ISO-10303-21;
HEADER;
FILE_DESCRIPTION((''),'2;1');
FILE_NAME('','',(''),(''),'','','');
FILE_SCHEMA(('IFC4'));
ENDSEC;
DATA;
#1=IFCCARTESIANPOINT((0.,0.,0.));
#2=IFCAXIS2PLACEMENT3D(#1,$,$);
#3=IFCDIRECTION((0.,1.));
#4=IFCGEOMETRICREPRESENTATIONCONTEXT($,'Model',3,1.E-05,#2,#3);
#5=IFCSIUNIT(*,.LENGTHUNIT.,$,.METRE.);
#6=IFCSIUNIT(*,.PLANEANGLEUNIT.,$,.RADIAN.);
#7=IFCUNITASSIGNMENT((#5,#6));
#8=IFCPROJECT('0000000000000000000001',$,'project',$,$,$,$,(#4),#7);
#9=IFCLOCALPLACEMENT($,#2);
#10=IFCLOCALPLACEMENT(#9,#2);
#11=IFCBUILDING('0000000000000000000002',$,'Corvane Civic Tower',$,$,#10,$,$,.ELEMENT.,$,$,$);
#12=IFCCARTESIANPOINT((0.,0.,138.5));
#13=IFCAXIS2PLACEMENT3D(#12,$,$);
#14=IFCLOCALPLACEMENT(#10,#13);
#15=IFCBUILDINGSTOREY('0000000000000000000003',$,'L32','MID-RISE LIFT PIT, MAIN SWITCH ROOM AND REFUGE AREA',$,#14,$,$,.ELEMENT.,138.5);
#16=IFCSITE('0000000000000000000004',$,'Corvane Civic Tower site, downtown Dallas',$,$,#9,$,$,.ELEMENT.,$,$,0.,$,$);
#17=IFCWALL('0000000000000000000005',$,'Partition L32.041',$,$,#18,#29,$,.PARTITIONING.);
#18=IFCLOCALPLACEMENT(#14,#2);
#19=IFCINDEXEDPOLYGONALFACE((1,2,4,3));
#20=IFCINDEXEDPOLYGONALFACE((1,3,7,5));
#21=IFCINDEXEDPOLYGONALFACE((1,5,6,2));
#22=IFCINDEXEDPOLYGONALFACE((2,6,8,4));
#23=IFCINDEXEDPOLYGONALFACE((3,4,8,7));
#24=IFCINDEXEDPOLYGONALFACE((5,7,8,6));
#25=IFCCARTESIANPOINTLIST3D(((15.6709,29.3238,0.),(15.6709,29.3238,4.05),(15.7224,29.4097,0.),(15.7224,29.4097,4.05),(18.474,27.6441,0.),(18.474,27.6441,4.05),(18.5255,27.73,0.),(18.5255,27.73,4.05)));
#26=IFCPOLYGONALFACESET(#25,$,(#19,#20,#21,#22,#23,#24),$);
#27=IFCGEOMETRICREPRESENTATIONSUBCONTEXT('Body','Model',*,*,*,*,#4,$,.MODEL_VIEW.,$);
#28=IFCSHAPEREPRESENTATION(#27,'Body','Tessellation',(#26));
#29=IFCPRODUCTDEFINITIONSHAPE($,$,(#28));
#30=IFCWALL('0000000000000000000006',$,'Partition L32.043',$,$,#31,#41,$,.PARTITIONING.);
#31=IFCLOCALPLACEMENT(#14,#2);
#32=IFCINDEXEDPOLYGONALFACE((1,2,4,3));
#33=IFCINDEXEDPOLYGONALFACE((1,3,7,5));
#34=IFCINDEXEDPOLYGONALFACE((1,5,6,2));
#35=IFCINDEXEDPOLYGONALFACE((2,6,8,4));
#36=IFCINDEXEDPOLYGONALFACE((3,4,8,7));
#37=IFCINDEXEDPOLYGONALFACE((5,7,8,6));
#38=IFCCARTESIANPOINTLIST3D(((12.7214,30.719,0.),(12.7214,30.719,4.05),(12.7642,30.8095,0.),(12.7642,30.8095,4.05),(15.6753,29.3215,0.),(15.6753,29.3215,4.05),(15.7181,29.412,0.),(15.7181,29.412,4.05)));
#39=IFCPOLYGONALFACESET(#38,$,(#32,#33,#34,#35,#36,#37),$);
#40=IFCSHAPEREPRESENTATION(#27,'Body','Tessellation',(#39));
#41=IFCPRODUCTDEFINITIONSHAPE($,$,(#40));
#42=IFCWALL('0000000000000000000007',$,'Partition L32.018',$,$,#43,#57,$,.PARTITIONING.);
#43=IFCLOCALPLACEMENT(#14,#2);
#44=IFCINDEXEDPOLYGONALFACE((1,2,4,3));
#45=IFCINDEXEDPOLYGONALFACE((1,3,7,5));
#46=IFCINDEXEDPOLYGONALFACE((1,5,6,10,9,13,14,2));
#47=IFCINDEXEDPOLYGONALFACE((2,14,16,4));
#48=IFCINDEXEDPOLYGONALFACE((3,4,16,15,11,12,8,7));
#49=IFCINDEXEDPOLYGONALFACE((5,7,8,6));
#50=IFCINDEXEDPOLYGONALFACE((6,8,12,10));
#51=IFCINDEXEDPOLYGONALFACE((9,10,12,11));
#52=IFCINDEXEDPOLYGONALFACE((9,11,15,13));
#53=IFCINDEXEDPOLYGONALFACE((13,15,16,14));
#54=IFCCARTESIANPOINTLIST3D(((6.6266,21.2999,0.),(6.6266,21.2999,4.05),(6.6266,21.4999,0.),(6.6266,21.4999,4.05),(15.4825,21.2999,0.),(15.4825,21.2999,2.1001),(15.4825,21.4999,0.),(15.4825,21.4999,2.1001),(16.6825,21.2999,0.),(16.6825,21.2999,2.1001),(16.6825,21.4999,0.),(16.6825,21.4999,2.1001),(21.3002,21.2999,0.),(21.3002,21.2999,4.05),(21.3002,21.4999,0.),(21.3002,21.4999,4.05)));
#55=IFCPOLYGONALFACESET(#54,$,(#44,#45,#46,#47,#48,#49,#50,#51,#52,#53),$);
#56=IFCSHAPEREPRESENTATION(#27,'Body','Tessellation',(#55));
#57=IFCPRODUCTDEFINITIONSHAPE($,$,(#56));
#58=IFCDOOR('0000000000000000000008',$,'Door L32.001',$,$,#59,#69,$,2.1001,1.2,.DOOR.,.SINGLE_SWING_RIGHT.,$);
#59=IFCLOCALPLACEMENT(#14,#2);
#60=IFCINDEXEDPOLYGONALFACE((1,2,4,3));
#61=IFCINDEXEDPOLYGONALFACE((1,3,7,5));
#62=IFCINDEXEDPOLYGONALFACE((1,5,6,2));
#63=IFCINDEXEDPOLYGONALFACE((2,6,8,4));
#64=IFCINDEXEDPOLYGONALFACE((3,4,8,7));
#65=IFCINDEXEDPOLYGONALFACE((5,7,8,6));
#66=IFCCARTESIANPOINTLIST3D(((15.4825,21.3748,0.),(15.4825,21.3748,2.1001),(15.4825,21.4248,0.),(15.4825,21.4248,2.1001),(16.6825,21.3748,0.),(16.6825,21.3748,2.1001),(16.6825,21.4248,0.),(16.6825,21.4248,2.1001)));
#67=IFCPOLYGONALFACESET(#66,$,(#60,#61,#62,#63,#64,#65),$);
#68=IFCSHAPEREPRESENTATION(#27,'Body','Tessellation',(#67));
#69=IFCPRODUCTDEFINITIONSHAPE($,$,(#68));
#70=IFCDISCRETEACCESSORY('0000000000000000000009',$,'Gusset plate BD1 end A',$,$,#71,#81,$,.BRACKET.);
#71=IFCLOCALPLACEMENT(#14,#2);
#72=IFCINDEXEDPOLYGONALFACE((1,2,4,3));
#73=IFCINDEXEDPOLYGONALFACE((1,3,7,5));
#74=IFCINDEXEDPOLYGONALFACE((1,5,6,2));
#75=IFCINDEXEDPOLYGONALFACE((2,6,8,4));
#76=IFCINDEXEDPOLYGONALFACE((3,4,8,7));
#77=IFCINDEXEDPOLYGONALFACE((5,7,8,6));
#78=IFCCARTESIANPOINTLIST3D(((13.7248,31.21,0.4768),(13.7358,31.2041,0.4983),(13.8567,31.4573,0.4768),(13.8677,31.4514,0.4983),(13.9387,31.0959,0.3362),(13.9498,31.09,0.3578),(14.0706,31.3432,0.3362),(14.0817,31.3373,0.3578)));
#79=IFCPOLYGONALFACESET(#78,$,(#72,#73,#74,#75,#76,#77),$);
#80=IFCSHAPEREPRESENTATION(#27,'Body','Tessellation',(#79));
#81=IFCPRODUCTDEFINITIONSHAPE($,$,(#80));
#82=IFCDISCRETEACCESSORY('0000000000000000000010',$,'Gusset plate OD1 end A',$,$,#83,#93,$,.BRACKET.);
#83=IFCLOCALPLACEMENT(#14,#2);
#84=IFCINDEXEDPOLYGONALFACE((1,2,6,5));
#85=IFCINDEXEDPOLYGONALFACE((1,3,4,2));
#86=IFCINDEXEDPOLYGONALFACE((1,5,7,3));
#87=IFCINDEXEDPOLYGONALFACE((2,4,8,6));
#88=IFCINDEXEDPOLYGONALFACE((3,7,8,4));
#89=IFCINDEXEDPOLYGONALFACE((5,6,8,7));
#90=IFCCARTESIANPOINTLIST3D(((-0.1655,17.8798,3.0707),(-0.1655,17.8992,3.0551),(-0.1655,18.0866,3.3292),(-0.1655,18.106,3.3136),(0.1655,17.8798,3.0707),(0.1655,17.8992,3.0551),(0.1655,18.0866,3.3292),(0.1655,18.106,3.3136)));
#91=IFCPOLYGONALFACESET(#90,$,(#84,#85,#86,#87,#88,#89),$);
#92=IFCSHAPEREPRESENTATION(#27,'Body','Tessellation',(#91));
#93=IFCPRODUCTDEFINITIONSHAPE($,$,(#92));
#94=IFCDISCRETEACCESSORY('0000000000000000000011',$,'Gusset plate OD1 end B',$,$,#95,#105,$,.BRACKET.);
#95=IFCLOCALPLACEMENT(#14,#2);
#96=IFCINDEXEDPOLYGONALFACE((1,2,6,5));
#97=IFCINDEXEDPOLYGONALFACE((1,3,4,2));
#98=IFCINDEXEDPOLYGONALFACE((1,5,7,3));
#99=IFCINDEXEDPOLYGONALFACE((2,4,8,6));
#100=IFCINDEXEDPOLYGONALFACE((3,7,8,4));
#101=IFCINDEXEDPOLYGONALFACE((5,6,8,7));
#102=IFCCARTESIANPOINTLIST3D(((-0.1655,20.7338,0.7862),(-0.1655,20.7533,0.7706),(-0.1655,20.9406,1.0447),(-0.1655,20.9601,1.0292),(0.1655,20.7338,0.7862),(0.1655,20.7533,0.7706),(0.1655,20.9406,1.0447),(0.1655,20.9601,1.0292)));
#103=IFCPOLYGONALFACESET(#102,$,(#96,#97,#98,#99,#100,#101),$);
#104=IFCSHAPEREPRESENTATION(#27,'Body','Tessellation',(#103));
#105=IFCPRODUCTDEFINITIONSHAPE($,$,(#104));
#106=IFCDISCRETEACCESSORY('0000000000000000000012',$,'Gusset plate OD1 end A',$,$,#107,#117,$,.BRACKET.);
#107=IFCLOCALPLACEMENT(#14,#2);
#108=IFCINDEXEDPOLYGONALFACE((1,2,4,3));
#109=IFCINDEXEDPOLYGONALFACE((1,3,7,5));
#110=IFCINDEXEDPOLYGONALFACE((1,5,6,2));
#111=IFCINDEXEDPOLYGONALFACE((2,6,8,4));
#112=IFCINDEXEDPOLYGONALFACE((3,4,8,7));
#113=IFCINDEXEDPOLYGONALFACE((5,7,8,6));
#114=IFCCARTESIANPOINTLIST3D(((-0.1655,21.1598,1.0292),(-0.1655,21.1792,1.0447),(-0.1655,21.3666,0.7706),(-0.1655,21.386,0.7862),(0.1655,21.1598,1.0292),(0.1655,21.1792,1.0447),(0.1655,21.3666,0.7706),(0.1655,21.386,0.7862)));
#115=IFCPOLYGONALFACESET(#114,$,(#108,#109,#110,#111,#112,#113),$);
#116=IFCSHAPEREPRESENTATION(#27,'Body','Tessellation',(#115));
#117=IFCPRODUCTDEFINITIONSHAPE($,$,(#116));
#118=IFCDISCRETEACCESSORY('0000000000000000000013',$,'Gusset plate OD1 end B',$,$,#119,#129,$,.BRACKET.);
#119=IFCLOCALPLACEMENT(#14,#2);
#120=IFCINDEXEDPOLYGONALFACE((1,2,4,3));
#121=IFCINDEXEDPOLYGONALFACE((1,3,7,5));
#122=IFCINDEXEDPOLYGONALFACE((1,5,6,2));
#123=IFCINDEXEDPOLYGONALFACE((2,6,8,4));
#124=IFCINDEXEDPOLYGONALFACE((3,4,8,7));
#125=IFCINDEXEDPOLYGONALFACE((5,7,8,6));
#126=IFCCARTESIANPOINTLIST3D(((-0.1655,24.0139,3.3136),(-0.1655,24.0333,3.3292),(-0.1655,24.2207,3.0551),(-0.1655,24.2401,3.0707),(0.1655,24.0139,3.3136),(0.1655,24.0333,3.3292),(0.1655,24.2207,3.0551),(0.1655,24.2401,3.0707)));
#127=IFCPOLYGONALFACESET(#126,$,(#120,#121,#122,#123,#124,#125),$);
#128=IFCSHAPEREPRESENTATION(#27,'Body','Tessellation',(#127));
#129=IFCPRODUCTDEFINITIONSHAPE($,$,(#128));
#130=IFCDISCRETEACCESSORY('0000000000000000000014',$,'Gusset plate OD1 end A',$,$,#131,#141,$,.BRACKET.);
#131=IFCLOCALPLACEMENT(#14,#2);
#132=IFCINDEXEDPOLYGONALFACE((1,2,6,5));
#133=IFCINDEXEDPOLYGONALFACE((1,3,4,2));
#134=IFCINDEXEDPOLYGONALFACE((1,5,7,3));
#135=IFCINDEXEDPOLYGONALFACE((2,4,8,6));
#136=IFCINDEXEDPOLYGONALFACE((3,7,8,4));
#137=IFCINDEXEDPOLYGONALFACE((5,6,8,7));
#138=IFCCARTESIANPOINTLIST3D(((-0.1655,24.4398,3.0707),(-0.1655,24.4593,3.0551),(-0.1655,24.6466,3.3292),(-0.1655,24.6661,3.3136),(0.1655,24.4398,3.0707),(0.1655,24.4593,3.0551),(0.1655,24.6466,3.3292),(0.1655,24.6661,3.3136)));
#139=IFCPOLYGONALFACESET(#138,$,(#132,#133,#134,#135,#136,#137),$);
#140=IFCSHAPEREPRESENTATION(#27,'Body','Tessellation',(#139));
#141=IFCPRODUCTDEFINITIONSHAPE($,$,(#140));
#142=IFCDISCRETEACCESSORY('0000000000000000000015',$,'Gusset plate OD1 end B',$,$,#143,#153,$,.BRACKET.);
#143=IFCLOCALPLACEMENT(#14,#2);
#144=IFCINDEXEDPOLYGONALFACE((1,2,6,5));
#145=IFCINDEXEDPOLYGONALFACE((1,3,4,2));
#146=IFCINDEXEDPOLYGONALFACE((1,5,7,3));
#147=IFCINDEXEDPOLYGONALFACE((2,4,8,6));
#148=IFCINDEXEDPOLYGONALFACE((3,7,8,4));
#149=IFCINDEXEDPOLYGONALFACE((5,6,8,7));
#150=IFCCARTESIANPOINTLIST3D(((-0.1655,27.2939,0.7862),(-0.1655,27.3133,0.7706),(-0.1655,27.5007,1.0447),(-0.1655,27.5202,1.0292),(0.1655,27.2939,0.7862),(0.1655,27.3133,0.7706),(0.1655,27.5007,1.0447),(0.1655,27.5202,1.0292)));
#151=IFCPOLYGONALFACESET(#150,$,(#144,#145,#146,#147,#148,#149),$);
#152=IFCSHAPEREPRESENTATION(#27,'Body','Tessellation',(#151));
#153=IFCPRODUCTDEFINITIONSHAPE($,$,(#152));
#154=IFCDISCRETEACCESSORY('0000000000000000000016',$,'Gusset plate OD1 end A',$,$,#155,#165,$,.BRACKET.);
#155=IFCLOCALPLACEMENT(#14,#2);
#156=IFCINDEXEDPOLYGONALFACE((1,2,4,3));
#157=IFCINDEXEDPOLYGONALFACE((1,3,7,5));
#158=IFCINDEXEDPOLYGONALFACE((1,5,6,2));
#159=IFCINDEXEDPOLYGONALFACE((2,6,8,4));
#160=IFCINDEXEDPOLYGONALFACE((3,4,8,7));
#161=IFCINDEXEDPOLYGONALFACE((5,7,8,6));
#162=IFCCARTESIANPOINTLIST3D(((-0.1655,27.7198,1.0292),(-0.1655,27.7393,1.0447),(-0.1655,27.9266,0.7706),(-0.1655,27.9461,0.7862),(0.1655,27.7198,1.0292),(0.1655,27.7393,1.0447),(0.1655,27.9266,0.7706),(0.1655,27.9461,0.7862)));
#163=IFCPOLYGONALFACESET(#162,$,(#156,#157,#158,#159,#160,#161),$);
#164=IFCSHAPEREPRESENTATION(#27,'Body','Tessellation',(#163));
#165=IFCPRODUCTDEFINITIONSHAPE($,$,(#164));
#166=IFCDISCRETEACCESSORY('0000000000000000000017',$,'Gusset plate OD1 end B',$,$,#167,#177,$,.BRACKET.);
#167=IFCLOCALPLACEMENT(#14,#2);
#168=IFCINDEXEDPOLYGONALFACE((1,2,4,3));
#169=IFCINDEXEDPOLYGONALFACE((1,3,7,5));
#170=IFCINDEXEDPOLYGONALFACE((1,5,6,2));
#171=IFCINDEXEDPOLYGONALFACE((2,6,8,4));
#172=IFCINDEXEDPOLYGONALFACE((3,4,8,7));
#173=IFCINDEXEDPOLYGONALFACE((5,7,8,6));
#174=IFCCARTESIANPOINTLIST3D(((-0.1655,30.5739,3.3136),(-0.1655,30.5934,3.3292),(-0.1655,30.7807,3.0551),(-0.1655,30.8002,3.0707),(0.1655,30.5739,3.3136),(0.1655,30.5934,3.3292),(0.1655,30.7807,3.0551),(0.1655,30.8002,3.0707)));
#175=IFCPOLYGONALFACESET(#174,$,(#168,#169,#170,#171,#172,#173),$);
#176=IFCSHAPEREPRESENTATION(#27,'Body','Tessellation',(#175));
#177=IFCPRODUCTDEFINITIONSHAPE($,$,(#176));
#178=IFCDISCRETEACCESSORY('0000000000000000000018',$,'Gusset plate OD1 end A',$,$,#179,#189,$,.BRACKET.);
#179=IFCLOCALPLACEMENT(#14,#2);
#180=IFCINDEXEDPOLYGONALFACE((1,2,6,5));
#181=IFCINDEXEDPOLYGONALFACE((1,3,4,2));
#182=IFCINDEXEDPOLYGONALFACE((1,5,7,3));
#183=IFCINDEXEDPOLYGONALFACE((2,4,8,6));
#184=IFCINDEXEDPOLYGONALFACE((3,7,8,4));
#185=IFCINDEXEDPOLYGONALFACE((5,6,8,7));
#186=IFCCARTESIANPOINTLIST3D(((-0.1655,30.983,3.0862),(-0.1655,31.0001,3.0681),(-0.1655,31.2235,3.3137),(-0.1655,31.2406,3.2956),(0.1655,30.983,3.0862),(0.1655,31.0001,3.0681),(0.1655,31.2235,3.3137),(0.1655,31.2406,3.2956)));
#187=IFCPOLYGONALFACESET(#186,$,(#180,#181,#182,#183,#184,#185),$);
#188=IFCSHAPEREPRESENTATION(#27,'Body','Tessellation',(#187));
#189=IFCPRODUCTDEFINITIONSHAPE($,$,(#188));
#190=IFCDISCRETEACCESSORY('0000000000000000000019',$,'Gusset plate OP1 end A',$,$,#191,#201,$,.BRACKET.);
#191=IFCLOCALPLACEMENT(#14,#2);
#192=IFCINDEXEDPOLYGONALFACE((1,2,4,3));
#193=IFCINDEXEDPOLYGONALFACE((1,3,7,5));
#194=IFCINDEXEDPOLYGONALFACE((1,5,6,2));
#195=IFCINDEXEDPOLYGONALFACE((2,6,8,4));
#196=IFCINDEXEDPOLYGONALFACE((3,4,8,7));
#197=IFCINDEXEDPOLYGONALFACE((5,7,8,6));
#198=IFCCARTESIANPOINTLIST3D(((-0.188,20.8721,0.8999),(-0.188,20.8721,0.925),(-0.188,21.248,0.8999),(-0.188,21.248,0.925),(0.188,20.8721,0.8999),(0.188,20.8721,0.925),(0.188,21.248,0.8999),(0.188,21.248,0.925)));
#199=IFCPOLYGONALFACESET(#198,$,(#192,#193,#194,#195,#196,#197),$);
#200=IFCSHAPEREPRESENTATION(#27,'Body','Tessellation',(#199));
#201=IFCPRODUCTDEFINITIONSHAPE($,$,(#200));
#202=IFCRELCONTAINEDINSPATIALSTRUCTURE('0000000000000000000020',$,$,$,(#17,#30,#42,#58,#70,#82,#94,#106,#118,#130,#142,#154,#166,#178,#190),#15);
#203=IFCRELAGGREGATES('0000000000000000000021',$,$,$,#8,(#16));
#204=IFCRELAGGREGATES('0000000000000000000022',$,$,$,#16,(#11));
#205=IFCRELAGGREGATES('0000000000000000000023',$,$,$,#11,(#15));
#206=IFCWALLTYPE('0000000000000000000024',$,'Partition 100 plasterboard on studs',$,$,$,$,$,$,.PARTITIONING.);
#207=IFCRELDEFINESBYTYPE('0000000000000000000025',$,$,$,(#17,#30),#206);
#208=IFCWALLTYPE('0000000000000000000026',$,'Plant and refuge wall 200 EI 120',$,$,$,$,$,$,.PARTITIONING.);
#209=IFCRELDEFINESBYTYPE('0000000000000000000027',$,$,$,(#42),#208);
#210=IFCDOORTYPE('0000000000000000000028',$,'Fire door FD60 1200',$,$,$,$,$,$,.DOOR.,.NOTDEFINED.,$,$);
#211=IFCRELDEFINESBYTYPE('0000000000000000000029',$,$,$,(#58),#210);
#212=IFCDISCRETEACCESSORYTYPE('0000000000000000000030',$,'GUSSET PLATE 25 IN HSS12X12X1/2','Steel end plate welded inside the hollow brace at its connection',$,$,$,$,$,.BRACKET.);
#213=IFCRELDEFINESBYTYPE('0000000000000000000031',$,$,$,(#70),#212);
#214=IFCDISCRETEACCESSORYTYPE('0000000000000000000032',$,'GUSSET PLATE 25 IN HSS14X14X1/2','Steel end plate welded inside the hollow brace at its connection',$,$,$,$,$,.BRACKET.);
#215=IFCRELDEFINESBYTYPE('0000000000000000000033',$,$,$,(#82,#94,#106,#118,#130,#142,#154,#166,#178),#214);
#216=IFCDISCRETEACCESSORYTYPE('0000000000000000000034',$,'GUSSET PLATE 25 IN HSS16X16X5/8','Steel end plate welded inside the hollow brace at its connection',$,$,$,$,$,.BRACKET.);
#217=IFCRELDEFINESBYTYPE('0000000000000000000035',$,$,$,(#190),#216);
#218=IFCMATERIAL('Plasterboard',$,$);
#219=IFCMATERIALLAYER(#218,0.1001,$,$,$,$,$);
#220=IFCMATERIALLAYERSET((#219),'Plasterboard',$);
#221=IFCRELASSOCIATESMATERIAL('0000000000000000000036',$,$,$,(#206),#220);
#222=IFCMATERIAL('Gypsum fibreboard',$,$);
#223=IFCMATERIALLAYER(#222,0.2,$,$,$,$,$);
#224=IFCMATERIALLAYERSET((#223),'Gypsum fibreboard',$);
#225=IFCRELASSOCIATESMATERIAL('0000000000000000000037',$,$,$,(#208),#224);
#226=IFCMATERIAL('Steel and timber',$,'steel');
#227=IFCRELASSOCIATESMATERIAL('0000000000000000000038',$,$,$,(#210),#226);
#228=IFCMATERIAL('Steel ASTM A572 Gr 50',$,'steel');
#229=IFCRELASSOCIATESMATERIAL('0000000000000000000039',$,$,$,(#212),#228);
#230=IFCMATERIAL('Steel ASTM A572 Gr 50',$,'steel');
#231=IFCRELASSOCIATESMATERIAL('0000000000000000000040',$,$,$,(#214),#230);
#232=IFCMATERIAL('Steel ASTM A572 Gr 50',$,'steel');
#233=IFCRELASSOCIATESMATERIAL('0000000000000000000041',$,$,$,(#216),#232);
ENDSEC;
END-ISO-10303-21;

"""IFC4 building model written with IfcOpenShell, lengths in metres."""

from ifc_helpers import new_model, si_unit, direction, frame, frame_2d, origin, origin_2d, place, context, subcontext, project, spatial, rectangle, extrude, material, layer, layer_set, material_profile, profile_set, type_object, element, fill, save


model = new_model("IFC4")

# Units and contexts
model_context = context("Model", 3, precision=1e-05, world=origin(), true_north=direction((0.0, 1.0)))
body_context = subcontext(model_context, "Body", "Model", "MODEL_VIEW")
ifc_project = project(units=[si_unit("LENGTHUNIT", "METRE"), si_unit("PLANEANGLEUNIT", "RADIAN")], contexts=[model_context])

# Site, building, storey
site_placement = place(None, origin())
site = spatial("IfcSite", under=ifc_project, at=site_placement, Name="Corvane Civic Tower site, downtown Dallas", CompositionType="ELEMENT", RefElevation=0.0)
building_placement = place(site_placement, origin())
building = spatial("IfcBuilding", under=site, at=building_placement, Name="Corvane Civic Tower", CompositionType="ELEMENT")
storey_placement = place(building_placement, frame((0.0, 0.0, 138.5)))
storey = spatial("IfcBuildingStorey", under=building, at=storey_placement, Name="L32", Description="MID-RISE LIFT PIT, MAIN SWITCH ROOM AND REFUGE AREA", CompositionType="ELEMENT", Elevation=138.5)

# Walls
ifc_material_1 = material(Name="Plasterboard")
ifc_layer_1 = layer(ifc_material_1, 0.1001)
ifc_layer_set_1 = layer_set([ifc_layer_1], Name="Plasterboard")
wall_type_1 = type_object("IfcWallType", Name="Partition 100 plasterboard on studs", PredefinedType="PARTITIONING", material=ifc_layer_set_1)
for number, where, z_axis, x_axis, name in (
    (1, (15.6968, 29.3667, 0.0), (0.0, 0.0, 1.0), (0.857776, -0.514023, 0.0), "Partition L32.041"),
    (2, (12.7429, 30.7642, 0.0), (0.0, 0.0, 1.0), (0.903943, -0.427653, 0.0), "Partition L32.043"),
):
    element("IfcWall", number, at=place(storey_placement, frame(where, z_axis=z_axis, x_axis=x_axis)), inside=storey, type_object=wall_type_1, Name=name, PredefinedType="PARTITIONING", context=body_context, shape_type="SweptSolid", body=[
        extrude(rectangle(XDim=3.2678, YDim=0.1001, at=frame_2d((1.6338, 0.0))), origin(), (0.0, 0.0, 1.0), 4.05),
    ])

# Wall, opening, door
ifc_material_2 = material(Name="Gypsum fibreboard")
ifc_layer_2 = layer(ifc_material_2, 0.2)
ifc_layer_set_2 = layer_set([ifc_layer_2], Name="Gypsum fibreboard")
wall_type_2 = type_object("IfcWallType", Name="Plant and refuge wall 200 EI 120", PredefinedType="PARTITIONING", material=ifc_layer_set_2)
wall_placement = place(storey_placement, frame((6.6265, 21.3999, 0.0), z_axis=(0.0, 0.0, 1.0), x_axis=(1.0, 0.0, 0.0)))
wall = element("IfcWall", 3, at=wall_placement, inside=storey, type_object=wall_type_2, Name="Partition L32.018", PredefinedType="PARTITIONING", context=body_context, shape_type="SweptSolid", body=[
    extrude(rectangle(XDim=14.6736, YDim=0.2, at=frame_2d((7.3369, 0.0))), origin(), (0.0, 0.0, 1.0), 4.05),
])
opening_placement = place(wall_placement, frame((8.856, 0.0, 0.0)))
opening = element("IfcOpeningElement", 4, at=opening_placement, cuts=wall, PredefinedType="OPENING", context=body_context, shape_type="SweptSolid", body=[
    extrude(rectangle(XDim=1.2, YDim=2.1001, at=frame_2d((0.6001, 1.05))), frame((0.0, 0.1099, 0.0), z_axis=(0.0, -1.0, 0.0), x_axis=(1.0, 0.0, 0.0)), (0.0, 0.0, 1.0), 0.22),
])
ifc_material_3 = material(Name="Steel and timber", Category="steel")
door_type = type_object("IfcDoorType", Name="Fire door FD60 1200", OperationType="NOTDEFINED", PredefinedType="DOOR", material=ifc_material_3)
door_placement = place(opening_placement, origin())
door = element("IfcDoor", 5, at=door_placement, inside=storey, type_object=door_type, Name="Door L32.001", OperationType="SINGLE_SWING_RIGHT", OverallHeight=2.1001, OverallWidth=1.2, PredefinedType="DOOR", context=body_context, shape_type="SweptSolid", body=[
    extrude(rectangle(XDim=1.2, YDim=2.1001, at=frame_2d((0.6001, 1.05))), frame((0.0, 0.0249, 0.0), z_axis=(0.0, -1.0, 0.0), x_axis=(1.0, 0.0, 0.0)), (0.0, 0.0, 1.0), 0.05),
])
fill(opening, door)

# Discrete accessories
ifc_material_4 = material(Name="Steel ASTM A572 Gr 50", Category="steel")
ifc_material_profile_1 = material_profile(ifc_material_4, rectangle(XDim=0.2803, YDim=0.2803, at=origin_2d()), Name="GUSSET PLATE 25 IN HSS12X12X1/2")
ifc_profile_set_1 = profile_set([ifc_material_profile_1], Name="Steel ASTM A572 Gr 50")
discrete_accessory_type_1 = type_object("IfcDiscreteAccessoryType", Name="GUSSET PLATE 25 IN HSS12X12X1/2", Description="Steel end plate welded inside the hollow brace at its connection", PredefinedType="BRACKET", material=ifc_profile_set_1)
discrete_accessory_1_placement = place(storey_placement, frame((13.8977, 31.2766, 0.4065), z_axis=(0.442433, -0.235964, 0.865202), x_axis=(0.470588, 0.882353, 0.0)))
element("IfcDiscreteAccessory", 6, at=discrete_accessory_1_placement, inside=storey, type_object=discrete_accessory_type_1, Name="Gusset plate BD1 end A", PredefinedType="BRACKET", context=body_context, shape_type="SweptSolid", body=[
    extrude(rectangle(XDim=0.2803, YDim=0.2803, at=origin_2d()), origin(), (0.0, 0.0, 1.0), 0.0249),
])
ifc_material_5 = material(Name="Steel ASTM A572 Gr 50", Category="steel")
ifc_material_profile_2 = material_profile(ifc_material_5, rectangle(XDim=0.3311, YDim=0.3311, at=origin_2d()), Name="GUSSET PLATE 25 IN HSS14X14X1/2")
ifc_profile_set_2 = profile_set([ifc_material_profile_2], Name="Steel ASTM A572 Gr 50")
discrete_accessory_type_2 = type_object("IfcDiscreteAccessoryType", Name="GUSSET PLATE 25 IN HSS14X14X1/2", Description="Steel end plate welded inside the hollow brace at its connection", PredefinedType="BRACKET", material=ifc_profile_set_2)
for number, where, z_axis, x_axis, name in (
    (7, (0.0, 17.9832, 3.2), (0.0, 0.780869, -0.624695), (-1.0, 0.0, 0.0), "Gusset plate OD1 end A"),
    (8, (0.0, 20.8567, 0.8999), (0.0, -0.780869, 0.624695), (1.0, 0.0, 0.0), "Gusset plate OD1 end B"),
    (9, (0.0, 21.2632, 0.8999), (0.0, 0.780869, 0.624695), (-1.0, 0.0, 0.0), "Gusset plate OD1 end A"),
    (10, (0.0, 24.1367, 3.2), (0.0, -0.780869, -0.624695), (1.0, 0.0, 0.0), "Gusset plate OD1 end B"),
    (11, (0.0, 24.5432, 3.2), (0.0, 0.780869, -0.624695), (-1.0, 0.0, 0.0), "Gusset plate OD1 end A"),
    (12, (0.0, 27.4167, 0.8999), (0.0, -0.780869, 0.624695), (1.0, 0.0, 0.0), "Gusset plate OD1 end B"),
    (13, (0.0, 27.8232, 0.8999), (0.0, 0.780869, 0.624695), (-1.0, 0.0, 0.0), "Gusset plate OD1 end A"),
    (14, (0.0, 30.6968, 3.2), (0.0, -0.780869, -0.624695), (1.0, 0.0, 0.0), "Gusset plate OD1 end B"),
    (15, (0.0, 31.1033, 3.2), (0.0, 0.6872, -0.726468), (-1.0, 0.0, 0.0), "Gusset plate OD1 end A"),
):
    element("IfcDiscreteAccessory", number, at=place(storey_placement, frame(where, z_axis=z_axis, x_axis=x_axis)), inside=storey, type_object=discrete_accessory_type_2, Name=name, PredefinedType="BRACKET", context=body_context, shape_type="SweptSolid", body=[
        extrude(rectangle(XDim=0.3311, YDim=0.3311, at=origin_2d()), origin(), (0.0, 0.0, 1.0), 0.0249),
    ])
ifc_material_6 = material(Name="Steel ASTM A572 Gr 50", Category="steel")
ifc_material_profile_3 = material_profile(ifc_material_6, rectangle(XDim=0.376, YDim=0.376, at=origin_2d()), Name="GUSSET PLATE 25 IN HSS16X16X5/8")
ifc_profile_set_3 = profile_set([ifc_material_profile_3], Name="Steel ASTM A572 Gr 50")
discrete_accessory_type_3 = type_object("IfcDiscreteAccessoryType", Name="GUSSET PLATE 25 IN HSS16X16X5/8", Description="Steel end plate welded inside the hollow brace at its connection", PredefinedType="BRACKET", material=ifc_profile_set_3)
discrete_accessory_2_placement = place(storey_placement, frame((0.0, 21.0601, 0.8999), z_axis=(0.0, 0.0, 1.0), x_axis=(1.0, 0.0, 0.0)))
element("IfcDiscreteAccessory", 16, at=discrete_accessory_2_placement, inside=storey, type_object=discrete_accessory_type_3, Name="Gusset plate OP1 end A", PredefinedType="BRACKET", context=body_context, shape_type="SweptSolid", body=[
    extrude(rectangle(XDim=0.376, YDim=0.376, at=origin_2d()), origin(), (0.0, 0.0, 1.0), 0.0251),
])

save(model, "model.ifc")
